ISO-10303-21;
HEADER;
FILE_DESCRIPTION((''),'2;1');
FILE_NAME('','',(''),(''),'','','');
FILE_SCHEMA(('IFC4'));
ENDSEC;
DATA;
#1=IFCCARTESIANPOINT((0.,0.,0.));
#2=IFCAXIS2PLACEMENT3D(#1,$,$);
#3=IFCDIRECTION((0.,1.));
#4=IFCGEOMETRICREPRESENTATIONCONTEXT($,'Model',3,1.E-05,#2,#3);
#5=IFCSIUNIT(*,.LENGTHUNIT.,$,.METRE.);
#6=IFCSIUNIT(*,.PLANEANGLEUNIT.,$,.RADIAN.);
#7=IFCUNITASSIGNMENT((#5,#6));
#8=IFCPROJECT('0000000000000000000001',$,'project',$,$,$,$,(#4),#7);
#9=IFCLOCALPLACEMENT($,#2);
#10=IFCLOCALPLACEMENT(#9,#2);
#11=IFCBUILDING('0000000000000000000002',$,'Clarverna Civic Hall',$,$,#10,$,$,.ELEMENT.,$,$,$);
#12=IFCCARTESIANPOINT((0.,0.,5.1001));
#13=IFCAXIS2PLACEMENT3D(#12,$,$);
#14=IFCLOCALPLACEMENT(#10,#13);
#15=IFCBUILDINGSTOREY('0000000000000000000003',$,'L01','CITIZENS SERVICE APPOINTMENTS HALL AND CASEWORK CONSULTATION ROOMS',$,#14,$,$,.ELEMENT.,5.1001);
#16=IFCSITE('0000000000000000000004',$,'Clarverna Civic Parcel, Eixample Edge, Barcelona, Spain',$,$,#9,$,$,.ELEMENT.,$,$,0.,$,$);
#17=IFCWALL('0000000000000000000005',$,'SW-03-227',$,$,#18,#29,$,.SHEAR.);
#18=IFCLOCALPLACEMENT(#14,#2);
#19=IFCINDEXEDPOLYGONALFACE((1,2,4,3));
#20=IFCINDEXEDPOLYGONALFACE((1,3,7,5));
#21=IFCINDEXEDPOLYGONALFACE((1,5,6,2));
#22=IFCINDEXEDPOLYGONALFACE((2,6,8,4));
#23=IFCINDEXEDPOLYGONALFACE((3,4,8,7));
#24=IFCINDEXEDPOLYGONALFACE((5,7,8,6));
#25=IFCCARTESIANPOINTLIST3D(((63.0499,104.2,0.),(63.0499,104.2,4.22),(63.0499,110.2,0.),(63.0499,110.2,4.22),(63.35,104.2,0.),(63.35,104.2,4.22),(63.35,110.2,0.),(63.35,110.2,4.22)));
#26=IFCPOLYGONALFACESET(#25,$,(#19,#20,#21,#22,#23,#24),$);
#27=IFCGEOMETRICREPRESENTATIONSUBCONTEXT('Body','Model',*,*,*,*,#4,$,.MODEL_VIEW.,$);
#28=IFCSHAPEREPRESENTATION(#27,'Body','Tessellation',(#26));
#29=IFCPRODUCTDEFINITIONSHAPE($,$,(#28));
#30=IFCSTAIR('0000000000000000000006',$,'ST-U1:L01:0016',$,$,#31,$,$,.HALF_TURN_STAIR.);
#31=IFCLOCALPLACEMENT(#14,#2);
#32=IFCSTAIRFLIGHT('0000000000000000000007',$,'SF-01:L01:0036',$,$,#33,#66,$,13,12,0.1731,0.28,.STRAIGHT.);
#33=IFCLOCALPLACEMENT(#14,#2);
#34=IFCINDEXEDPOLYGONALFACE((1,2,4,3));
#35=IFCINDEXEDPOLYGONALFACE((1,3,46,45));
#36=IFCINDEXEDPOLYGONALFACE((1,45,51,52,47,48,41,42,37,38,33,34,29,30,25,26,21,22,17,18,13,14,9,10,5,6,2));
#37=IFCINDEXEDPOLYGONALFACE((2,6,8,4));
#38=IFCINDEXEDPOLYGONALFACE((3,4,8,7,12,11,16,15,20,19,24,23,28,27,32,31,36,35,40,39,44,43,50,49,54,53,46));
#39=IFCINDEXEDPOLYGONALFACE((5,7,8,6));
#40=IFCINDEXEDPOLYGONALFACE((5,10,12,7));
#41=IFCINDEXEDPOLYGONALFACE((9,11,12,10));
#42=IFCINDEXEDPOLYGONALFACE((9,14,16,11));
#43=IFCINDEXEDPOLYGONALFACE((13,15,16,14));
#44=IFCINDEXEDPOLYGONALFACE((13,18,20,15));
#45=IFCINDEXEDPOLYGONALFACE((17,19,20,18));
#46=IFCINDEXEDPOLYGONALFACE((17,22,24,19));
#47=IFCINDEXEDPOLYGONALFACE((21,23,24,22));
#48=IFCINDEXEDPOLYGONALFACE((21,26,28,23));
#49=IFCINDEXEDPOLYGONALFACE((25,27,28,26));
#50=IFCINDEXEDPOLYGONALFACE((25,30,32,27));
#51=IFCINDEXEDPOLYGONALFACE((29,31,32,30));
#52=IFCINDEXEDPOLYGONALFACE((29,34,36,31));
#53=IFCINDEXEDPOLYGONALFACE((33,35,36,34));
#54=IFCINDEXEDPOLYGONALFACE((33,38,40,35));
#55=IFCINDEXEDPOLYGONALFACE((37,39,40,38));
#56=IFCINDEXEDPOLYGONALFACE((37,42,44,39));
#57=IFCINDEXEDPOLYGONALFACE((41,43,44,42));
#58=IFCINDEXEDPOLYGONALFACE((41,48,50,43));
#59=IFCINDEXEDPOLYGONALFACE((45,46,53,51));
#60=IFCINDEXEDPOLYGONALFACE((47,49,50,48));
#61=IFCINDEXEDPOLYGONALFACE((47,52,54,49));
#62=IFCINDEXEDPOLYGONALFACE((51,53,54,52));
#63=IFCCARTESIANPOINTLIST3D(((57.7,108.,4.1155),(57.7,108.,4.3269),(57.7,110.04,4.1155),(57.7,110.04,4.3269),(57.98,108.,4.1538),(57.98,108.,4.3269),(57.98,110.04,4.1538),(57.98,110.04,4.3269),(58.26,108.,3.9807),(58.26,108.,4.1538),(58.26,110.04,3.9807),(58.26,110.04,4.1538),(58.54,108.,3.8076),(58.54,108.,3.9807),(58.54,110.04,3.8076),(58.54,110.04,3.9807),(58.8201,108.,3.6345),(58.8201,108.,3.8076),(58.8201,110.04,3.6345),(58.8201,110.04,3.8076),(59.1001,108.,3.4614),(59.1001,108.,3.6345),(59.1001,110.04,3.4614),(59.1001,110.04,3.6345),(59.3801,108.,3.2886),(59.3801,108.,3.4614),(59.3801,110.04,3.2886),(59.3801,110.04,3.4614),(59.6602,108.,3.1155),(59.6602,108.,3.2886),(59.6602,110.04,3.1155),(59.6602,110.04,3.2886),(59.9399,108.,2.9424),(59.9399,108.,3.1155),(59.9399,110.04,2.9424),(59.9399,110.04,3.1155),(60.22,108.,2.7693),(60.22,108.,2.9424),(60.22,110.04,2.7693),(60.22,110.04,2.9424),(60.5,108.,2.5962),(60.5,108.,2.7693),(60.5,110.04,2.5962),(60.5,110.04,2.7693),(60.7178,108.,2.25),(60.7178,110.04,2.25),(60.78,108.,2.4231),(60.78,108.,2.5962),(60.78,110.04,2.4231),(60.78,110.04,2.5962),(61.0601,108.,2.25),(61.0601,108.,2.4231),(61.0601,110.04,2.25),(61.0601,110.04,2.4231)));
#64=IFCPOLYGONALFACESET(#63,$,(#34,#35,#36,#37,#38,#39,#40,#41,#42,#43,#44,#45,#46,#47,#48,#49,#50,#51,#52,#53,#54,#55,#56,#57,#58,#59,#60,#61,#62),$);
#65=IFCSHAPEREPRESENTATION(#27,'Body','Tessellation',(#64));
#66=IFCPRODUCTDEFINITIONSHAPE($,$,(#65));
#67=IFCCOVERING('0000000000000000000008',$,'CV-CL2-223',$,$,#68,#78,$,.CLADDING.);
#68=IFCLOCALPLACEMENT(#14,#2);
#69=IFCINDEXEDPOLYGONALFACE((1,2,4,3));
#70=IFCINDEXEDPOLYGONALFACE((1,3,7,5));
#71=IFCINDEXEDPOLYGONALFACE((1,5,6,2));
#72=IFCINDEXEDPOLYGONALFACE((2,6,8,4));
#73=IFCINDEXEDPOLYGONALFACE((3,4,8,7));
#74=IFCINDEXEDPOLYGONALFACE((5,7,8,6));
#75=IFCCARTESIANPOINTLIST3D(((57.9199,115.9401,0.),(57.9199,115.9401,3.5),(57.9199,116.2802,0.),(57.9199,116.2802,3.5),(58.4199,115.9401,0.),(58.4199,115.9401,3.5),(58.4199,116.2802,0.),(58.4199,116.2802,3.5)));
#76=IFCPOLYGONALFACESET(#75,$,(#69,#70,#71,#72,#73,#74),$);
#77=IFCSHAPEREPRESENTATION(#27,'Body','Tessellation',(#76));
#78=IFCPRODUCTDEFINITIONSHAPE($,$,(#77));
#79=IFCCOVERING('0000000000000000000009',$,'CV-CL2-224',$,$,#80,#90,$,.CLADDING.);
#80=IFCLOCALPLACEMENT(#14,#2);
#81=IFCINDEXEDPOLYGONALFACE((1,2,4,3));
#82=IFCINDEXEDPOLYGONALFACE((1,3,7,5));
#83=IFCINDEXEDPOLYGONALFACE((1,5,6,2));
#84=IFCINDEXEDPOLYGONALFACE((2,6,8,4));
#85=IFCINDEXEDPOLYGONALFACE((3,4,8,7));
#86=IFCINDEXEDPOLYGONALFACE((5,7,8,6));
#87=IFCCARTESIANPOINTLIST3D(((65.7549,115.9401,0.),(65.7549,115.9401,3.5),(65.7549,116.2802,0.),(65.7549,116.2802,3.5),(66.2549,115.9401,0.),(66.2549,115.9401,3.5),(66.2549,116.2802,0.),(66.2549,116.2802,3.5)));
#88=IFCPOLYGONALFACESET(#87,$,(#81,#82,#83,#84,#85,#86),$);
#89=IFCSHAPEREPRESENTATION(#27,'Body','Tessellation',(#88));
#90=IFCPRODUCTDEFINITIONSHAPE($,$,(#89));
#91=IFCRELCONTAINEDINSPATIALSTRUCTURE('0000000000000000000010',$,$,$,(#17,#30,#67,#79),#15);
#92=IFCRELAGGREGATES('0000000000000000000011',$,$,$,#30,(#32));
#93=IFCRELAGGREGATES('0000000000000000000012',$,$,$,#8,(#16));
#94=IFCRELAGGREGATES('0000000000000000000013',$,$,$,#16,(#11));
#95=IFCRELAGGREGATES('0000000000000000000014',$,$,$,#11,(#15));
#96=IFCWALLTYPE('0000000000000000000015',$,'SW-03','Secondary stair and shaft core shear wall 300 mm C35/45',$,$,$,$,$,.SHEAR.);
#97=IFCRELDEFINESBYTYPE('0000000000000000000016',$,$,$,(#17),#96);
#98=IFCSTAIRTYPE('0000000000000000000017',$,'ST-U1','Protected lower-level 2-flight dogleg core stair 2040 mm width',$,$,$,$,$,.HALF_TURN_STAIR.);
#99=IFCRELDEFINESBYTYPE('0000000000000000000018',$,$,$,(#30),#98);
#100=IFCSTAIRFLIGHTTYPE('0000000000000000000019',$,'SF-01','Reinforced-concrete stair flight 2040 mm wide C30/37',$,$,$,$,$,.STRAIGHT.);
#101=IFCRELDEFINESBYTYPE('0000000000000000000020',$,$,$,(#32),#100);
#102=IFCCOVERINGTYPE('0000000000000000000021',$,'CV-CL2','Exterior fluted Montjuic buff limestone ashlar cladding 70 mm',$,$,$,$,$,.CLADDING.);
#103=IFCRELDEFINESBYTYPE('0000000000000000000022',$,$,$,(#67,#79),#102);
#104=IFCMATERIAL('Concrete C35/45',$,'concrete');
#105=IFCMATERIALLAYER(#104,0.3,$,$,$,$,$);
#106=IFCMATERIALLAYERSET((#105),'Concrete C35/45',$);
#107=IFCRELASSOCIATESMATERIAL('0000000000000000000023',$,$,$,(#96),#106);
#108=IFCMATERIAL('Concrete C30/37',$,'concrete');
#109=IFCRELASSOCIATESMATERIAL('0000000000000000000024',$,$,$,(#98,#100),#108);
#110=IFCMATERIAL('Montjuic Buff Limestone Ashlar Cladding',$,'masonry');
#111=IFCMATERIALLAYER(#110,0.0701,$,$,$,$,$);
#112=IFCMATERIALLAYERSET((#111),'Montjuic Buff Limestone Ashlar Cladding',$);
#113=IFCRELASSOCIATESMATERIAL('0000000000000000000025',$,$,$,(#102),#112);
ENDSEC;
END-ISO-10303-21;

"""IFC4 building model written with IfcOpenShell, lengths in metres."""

from ifc_helpers import new_model, si_unit, direction, frame, frame_2d, origin, place, context, subcontext, project, spatial, polyline, rectangle, outline, extrude, material, layer, layer_set, type_object, element, aggregate, save


model = new_model("IFC4")

# Units and contexts
model_context = context("Model", 3, precision=1e-05, world=origin(), true_north=direction((0.0, 1.0)))
body_context = subcontext(model_context, "Body", "Model", "MODEL_VIEW")
ifc_project = project(units=[si_unit("LENGTHUNIT", "METRE"), si_unit("PLANEANGLEUNIT", "RADIAN")], contexts=[model_context])

# Site, building, storey
site_placement = place(None, origin())
site = spatial("IfcSite", under=ifc_project, at=site_placement, Name="Clarverna Civic Parcel, Eixample Edge, Barcelona, Spain", CompositionType="ELEMENT", RefElevation=0.0)
building_placement = place(site_placement, origin())
building = spatial("IfcBuilding", under=site, at=building_placement, Name="Clarverna Civic Hall", CompositionType="ELEMENT")
storey_placement = place(building_placement, frame((0.0, 0.0, 5.1001)))
storey = spatial("IfcBuildingStorey", under=building, at=storey_placement, Name="L01", Description="CITIZENS SERVICE APPOINTMENTS HALL AND CASEWORK CONSULTATION ROOMS", CompositionType="ELEMENT", Elevation=5.1001)

# Shared definitions
ifc_material_1 = material(Name="Concrete C35/45", Category="concrete")

# Wall
ifc_layer_1 = layer(ifc_material_1, 0.3)
ifc_layer_set_1 = layer_set([ifc_layer_1], Name="Concrete C35/45")
wall_type_1 = type_object("IfcWallType", Name="SW-03", Description="Secondary stair and shaft core shear wall 300 mm C35/45", PredefinedType="SHEAR", material=ifc_layer_set_1)
wall_1_placement = place(storey_placement, frame((63.2, 104.2, 0.0), z_axis=(0.0, 0.0, 1.0), x_axis=(0.0, 1.0, 0.0)))
element("IfcWall", 1, at=wall_1_placement, inside=storey, type_object=wall_type_1, Name="SW-03-227", PredefinedType="SHEAR", context=body_context, shape_type="SweptSolid", body=[
    extrude(rectangle(XDim=6.0, YDim=0.3, at=frame_2d((3.0, 0.0))), origin(), (0.0, 0.0, 1.0), 4.22),
])

# Stair, stair flight
ifc_material_2 = material(Name="Concrete C30/37", Category="concrete")
stair_type = type_object("IfcStairType", Name="ST-U1", Description="Protected lower-level 2-flight dogleg core stair 2040 mm width", PredefinedType="HALF_TURN_STAIR", material=ifc_material_2)
stair_placement = place(storey_placement, origin())
stair = element("IfcStair", 2, at=stair_placement, inside=storey, type_object=stair_type, Name="ST-U1:L01:0016", PredefinedType="HALF_TURN_STAIR")
stair_flight_type = type_object("IfcStairFlightType", Name="SF-01", Description="Reinforced-concrete stair flight 2040 mm wide C30/37", PredefinedType="STRAIGHT", material=ifc_material_2)
stair_flight_placement = place(storey_placement, frame((61.0601, 109.02, 2.25), z_axis=(0.0, 0.0, 1.0), x_axis=(-1.0, 0.0, 0.0)))
stair_flight = element("IfcStairFlight", 3, at=stair_flight_placement, type_object=stair_flight_type, Name="SF-01:L01:0036", NumberOfRisers=13, NumberOfTreads=12, PredefinedType="STRAIGHT", RiserHeight=0.1731, TreadLength=0.28, context=body_context, shape_type="SweptSolid", body=[
    extrude(outline(polyline([(0.0, 0.0), (0.0, 0.1731), (0.28, 0.1731), (0.28, 0.3462), (0.5601, 0.3462), (0.5601, 0.5193), (0.8401, 0.5193), (0.8401, 0.6924), (1.1201, 0.6924), (1.1201, 0.8655), (1.3999, 0.8655), (1.3999, 1.0386), (1.6799, 1.0386), (1.6799, 1.2114), (1.96, 1.2114), (1.96, 1.3845), (2.24, 1.3845), (2.24, 1.5576), (2.52, 1.5576), (2.52, 1.7307), (2.8, 1.7307), (2.8, 1.9038), (3.0801, 1.9038), (3.0801, 2.0769), (3.3601, 2.0769), (3.3601, 2.25), (3.3601, 1.8655), (0.3423, 0.0), (0.0, 0.0)])), frame((0.0, 1.02, 0.0), z_axis=(0.0, -1.0, 0.0), x_axis=(1.0, 0.0, 0.0)), (0.0, 0.0, 1.0), 2.04),
])
aggregate(stair, [stair_flight])

# Coverings
ifc_material_3 = material(Name="Montjuic Buff Limestone Ashlar Cladding", Category="masonry")
ifc_layer_2 = layer(ifc_material_3, 0.0701)
ifc_layer_set_2 = layer_set([ifc_layer_2], Name="Montjuic Buff Limestone Ashlar Cladding")
covering_type = type_object("IfcCoveringType", Name="CV-CL2", Description="Exterior fluted Montjuic buff limestone ashlar cladding 70 mm", PredefinedType="CLADDING", material=ifc_layer_set_2)
for number, where, z_axis, x_axis, name in (
    (4, (57.9199, 116.1101, 0.0), (0.0, 0.0, 1.0), (1.0, 0.0, 0.0), "CV-CL2-223"),
    (5, (65.7549, 116.1101, 0.0), (0.0, 0.0, 1.0), (1.0, 0.0, 0.0), "CV-CL2-224"),
):
    element("IfcCovering", number, at=place(storey_placement, frame(where, z_axis=z_axis, x_axis=x_axis)), inside=storey, type_object=covering_type, Name=name, PredefinedType="CLADDING", context=body_context, shape_type="SweptSolid", body=[
        extrude(rectangle(XDim=0.5, YDim=0.3401, at=frame_2d((0.25, 0.0))), origin(), (0.0, 0.0, 1.0), 3.5),
    ])

save(model, "model.ifc")
